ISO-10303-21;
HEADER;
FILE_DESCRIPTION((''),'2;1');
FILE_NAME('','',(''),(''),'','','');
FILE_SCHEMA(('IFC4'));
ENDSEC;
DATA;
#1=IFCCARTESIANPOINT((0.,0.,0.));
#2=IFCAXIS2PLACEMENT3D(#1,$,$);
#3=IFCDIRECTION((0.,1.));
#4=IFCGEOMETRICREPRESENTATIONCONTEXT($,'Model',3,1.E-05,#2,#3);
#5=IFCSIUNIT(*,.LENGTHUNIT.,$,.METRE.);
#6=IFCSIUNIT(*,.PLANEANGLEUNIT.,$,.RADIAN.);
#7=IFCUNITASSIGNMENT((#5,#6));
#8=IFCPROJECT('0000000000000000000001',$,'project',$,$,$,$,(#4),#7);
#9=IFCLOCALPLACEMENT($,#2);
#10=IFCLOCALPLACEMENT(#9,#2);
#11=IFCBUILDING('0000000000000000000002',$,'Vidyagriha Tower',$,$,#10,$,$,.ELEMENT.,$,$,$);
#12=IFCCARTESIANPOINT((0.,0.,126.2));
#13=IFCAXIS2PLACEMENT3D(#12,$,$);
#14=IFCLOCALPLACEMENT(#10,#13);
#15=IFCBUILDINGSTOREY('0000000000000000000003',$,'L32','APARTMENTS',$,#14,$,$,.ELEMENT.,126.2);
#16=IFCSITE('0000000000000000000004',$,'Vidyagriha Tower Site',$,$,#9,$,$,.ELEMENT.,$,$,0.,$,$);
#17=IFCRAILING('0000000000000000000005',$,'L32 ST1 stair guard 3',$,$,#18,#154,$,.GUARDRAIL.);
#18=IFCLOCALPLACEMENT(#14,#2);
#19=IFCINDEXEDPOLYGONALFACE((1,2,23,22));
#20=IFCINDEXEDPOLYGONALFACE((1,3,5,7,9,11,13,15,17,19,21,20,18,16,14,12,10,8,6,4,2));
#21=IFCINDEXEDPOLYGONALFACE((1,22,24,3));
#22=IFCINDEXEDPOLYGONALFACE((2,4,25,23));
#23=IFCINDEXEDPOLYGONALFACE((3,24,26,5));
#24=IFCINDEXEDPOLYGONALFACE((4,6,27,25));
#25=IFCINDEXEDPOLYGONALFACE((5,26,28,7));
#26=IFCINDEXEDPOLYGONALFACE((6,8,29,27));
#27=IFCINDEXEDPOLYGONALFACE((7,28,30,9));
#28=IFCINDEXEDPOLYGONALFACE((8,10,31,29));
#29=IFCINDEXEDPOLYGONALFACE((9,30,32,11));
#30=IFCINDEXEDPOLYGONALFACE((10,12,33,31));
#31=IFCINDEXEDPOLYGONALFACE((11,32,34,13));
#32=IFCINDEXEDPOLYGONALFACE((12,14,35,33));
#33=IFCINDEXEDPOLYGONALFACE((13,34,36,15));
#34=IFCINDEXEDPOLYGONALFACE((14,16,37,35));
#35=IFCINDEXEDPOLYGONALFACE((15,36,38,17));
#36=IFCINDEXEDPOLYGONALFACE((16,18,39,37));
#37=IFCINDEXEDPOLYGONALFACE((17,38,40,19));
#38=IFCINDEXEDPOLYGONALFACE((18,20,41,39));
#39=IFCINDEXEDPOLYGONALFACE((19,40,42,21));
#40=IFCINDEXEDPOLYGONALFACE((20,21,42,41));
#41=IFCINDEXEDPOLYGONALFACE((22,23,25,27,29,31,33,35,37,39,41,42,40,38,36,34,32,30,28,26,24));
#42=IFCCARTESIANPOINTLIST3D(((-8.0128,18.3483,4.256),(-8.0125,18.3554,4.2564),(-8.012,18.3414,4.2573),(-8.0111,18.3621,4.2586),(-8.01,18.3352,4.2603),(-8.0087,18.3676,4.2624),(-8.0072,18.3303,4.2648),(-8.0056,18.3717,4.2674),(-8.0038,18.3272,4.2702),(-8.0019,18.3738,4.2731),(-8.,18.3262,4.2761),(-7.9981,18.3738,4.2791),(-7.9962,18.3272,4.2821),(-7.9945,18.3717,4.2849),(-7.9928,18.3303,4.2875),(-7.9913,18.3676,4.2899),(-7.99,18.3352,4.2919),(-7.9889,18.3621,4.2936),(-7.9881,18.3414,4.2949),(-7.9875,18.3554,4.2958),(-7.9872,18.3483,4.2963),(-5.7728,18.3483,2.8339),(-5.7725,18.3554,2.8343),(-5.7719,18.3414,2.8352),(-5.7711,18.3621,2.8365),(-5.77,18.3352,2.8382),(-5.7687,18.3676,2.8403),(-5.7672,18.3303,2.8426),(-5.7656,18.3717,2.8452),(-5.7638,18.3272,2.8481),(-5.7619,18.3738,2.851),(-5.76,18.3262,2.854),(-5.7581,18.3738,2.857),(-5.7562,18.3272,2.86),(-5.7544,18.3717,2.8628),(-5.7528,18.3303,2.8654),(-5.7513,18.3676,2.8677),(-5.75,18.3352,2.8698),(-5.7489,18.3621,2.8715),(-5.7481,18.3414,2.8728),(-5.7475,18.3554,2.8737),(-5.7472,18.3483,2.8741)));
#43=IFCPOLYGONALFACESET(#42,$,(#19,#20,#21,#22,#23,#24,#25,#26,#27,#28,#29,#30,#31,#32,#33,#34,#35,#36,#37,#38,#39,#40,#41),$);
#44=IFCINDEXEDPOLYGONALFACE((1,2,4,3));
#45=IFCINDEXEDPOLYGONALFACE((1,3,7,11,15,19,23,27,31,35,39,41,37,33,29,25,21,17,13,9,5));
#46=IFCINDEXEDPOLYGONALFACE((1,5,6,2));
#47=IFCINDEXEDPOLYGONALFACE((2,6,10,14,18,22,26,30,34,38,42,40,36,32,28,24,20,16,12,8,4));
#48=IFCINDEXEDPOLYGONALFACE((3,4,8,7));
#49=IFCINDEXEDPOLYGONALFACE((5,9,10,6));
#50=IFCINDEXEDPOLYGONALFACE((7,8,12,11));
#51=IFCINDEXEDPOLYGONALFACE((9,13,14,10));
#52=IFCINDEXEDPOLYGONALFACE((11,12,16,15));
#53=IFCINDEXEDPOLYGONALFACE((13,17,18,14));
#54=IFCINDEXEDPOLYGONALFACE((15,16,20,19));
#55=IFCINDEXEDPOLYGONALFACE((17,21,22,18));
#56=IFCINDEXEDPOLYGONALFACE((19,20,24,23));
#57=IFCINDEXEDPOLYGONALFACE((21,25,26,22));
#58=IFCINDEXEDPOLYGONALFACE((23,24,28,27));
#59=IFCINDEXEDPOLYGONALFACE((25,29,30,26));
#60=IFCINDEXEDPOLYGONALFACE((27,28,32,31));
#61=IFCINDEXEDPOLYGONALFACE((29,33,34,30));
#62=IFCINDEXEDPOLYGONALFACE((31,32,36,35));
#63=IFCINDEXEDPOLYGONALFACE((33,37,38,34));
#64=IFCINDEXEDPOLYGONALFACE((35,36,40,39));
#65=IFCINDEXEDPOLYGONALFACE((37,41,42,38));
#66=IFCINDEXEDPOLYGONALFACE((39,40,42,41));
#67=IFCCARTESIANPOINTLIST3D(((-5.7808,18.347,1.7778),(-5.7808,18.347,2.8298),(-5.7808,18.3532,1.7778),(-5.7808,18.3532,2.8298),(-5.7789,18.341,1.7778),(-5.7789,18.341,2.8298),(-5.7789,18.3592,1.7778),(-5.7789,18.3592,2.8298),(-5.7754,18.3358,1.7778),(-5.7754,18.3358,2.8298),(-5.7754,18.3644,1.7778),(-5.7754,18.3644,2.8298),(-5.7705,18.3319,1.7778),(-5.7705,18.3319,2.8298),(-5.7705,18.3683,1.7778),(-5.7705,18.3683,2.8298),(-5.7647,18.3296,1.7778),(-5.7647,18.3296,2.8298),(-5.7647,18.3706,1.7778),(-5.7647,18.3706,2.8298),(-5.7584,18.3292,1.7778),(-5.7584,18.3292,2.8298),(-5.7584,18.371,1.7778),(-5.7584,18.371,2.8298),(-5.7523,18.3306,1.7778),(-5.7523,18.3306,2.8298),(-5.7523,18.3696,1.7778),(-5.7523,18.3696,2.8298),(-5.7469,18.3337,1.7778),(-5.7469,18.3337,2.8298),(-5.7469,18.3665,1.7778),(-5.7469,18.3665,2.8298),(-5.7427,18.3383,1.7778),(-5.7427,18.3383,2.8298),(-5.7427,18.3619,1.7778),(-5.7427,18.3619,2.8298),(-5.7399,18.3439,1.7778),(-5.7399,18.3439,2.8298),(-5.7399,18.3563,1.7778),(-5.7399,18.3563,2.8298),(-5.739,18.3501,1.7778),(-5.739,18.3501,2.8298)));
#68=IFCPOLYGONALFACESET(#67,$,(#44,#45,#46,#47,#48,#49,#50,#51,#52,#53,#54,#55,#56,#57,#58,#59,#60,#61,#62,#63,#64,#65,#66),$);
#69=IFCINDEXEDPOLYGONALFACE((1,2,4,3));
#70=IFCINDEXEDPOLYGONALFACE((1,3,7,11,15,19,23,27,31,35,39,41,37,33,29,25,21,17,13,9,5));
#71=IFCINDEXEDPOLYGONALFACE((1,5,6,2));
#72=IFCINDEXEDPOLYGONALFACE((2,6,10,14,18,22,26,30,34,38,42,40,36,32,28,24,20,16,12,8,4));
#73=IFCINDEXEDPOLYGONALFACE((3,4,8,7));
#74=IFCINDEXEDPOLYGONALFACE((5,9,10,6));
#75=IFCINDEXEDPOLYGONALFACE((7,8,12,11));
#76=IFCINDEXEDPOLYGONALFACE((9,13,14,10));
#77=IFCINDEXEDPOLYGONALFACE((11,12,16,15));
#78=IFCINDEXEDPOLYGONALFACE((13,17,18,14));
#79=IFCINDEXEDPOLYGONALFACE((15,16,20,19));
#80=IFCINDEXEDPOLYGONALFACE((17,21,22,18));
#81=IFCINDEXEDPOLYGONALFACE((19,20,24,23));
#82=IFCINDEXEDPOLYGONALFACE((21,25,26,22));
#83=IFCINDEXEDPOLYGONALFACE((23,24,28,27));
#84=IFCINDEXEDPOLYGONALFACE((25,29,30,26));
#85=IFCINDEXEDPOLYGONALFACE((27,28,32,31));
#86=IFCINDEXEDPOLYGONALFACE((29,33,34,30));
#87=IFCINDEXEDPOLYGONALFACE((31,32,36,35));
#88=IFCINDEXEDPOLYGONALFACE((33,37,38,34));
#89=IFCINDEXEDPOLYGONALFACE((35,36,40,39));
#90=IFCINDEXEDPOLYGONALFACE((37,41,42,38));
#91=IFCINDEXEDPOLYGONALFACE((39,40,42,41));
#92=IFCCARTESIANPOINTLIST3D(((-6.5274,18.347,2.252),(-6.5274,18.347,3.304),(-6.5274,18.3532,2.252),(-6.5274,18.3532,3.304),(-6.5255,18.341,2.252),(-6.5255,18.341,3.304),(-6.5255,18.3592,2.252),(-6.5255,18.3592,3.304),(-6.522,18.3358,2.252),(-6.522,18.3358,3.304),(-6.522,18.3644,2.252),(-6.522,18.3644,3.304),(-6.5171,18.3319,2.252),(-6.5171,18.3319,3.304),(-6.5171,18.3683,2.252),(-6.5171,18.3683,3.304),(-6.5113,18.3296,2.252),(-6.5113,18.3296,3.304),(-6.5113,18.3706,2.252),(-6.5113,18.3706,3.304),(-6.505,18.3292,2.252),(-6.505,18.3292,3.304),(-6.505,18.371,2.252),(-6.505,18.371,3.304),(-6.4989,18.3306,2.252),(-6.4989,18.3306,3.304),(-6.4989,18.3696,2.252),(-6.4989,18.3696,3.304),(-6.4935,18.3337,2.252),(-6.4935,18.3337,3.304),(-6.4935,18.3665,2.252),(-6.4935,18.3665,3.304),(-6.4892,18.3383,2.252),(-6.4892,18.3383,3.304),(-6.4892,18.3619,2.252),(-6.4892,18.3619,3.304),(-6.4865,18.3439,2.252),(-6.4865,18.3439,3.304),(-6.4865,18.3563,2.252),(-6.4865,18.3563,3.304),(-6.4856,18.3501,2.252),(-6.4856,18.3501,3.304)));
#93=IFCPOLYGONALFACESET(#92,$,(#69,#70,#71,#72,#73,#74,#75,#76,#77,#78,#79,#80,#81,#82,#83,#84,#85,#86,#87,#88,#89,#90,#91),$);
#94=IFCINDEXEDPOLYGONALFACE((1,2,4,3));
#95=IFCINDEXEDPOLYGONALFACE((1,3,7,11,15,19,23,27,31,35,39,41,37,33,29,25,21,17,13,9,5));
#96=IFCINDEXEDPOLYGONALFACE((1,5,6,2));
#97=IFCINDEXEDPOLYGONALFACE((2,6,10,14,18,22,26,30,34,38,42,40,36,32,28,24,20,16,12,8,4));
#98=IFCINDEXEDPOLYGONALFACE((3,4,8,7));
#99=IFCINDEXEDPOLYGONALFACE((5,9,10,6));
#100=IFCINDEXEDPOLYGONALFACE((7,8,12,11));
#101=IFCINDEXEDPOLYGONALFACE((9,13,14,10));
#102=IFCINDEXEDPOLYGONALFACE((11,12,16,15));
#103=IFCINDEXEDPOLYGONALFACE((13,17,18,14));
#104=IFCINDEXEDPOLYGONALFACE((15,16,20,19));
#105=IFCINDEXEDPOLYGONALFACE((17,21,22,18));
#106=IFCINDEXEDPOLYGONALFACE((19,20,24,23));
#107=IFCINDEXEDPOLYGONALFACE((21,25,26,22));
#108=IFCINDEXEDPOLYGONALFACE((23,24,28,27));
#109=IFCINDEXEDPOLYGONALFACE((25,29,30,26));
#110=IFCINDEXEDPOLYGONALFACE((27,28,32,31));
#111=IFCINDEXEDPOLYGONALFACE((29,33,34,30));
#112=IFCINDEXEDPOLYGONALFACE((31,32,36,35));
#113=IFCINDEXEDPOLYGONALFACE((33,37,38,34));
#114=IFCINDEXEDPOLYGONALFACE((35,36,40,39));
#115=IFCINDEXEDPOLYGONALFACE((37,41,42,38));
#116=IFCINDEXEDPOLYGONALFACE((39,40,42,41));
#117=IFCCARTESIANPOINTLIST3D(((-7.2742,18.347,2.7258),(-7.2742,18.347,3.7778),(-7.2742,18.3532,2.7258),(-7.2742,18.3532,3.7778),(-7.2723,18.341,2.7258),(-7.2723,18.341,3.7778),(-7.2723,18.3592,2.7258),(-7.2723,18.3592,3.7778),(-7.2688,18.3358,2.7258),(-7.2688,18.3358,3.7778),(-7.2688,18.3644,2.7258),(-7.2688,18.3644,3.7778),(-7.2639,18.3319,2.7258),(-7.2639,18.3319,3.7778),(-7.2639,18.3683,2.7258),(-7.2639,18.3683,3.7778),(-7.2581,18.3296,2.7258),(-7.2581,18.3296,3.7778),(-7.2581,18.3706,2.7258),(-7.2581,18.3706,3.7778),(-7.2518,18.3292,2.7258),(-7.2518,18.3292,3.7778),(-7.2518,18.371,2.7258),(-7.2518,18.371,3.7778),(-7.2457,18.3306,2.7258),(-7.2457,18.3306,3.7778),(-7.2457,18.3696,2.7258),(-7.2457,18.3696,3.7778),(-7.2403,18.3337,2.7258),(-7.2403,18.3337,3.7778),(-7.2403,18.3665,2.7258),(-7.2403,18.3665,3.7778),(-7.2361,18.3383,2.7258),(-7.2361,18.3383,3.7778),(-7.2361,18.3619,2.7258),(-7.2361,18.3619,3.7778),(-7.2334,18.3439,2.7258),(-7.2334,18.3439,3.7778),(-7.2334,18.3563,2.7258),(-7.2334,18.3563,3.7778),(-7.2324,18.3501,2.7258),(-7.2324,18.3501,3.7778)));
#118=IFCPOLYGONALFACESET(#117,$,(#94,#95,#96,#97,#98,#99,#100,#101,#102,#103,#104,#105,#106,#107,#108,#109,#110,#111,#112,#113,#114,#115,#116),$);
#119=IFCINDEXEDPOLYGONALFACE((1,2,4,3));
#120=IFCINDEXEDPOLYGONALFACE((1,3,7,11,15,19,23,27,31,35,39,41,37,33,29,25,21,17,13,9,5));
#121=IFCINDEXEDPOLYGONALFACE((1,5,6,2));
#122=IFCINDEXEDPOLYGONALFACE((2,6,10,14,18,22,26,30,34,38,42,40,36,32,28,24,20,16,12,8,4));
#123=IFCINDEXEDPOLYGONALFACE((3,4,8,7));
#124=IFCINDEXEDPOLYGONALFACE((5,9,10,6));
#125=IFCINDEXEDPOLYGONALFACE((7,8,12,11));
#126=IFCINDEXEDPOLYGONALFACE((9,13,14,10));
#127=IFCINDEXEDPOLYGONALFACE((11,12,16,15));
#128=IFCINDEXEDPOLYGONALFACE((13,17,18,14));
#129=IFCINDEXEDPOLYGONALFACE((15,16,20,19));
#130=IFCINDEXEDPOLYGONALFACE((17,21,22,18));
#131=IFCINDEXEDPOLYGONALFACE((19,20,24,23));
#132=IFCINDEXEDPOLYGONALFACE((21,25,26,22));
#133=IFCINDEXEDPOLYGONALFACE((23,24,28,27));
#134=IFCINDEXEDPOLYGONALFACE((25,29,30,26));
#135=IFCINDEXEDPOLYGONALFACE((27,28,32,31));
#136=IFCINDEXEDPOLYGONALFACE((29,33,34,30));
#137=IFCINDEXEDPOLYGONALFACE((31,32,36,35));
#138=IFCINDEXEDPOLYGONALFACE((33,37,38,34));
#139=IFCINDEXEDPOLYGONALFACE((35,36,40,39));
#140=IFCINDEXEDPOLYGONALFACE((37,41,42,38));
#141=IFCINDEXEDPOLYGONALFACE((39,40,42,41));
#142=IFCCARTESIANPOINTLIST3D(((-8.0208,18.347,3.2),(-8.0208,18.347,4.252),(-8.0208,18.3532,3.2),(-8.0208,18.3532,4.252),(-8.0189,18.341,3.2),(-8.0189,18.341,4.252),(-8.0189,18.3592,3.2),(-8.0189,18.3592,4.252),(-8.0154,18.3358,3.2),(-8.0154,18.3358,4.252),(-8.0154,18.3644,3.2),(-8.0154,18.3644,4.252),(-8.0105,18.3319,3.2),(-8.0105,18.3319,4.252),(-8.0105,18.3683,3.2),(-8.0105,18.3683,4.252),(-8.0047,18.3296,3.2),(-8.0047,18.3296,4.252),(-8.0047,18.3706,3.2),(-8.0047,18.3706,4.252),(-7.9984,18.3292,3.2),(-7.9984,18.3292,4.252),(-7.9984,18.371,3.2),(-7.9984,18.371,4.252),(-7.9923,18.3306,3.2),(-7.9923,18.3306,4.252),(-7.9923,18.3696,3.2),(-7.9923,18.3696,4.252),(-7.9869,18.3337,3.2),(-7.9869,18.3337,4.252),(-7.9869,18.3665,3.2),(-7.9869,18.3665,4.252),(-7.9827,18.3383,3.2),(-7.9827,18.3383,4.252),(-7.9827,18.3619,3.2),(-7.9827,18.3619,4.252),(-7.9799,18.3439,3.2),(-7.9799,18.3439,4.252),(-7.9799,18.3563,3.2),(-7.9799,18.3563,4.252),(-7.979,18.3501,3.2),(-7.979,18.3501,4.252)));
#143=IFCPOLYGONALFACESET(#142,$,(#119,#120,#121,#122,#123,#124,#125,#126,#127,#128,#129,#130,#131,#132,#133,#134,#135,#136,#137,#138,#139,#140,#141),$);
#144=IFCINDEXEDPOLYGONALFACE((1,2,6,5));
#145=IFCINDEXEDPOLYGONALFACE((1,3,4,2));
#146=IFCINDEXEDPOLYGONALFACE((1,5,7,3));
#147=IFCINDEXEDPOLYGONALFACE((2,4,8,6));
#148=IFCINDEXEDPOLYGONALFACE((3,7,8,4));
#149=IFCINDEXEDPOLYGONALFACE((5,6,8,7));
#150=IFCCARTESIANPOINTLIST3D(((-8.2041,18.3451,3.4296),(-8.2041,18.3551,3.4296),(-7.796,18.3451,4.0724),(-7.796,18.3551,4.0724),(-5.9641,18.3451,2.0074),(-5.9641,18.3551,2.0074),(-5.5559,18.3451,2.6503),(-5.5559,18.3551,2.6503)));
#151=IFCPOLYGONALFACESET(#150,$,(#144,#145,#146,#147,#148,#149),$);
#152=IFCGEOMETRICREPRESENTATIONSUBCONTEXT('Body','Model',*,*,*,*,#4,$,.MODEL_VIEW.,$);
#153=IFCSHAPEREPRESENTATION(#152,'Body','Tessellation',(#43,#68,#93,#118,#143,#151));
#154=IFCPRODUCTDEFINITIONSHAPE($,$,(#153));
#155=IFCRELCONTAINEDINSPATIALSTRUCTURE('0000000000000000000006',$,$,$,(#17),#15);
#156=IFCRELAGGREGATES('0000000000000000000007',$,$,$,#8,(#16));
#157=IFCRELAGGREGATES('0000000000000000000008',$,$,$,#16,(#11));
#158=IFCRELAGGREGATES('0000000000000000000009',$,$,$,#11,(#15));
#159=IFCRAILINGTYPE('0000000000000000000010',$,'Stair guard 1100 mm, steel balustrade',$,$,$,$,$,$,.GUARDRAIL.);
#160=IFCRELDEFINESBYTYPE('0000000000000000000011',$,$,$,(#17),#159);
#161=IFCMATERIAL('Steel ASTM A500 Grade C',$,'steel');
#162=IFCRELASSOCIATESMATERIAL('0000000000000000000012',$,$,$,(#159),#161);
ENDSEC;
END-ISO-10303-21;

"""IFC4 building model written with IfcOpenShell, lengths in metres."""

from ifc_helpers import new_model, si_unit, direction, frame, origin, origin_2d, place, context, subcontext, project, spatial, rectangle, circle, extrude, material, type_object, element, save


model = new_model("IFC4")

# Units and contexts
model_context = context("Model", 3, precision=1e-05, world=origin(), true_north=direction((0.0, 1.0)))
body_context = subcontext(model_context, "Body", "Model", "MODEL_VIEW")
ifc_project = project(units=[si_unit("LENGTHUNIT", "METRE"), si_unit("PLANEANGLEUNIT", "RADIAN")], contexts=[model_context])

# Site, building, storey
site_placement = place(None, origin())
site = spatial("IfcSite", under=ifc_project, at=site_placement, Name="Vidyagriha Tower Site", CompositionType="ELEMENT", RefElevation=0.0)
building_placement = place(site_placement, origin())
building = spatial("IfcBuilding", under=site, at=building_placement, Name="Vidyagriha Tower", CompositionType="ELEMENT")
storey_placement = place(building_placement, frame((0.0, 0.0, 126.2)))
storey = spatial("IfcBuildingStorey", under=building, at=storey_placement, Name="L32", Description="APARTMENTS", CompositionType="ELEMENT", Elevation=126.2)

# Railing
ifc_material_1 = material(Name="Steel ASTM A500 Grade C", Category="steel")
railing_type_1 = type_object("IfcRailingType", Name="Stair guard 1100 mm, steel balustrade", PredefinedType="GUARDRAIL", material=ifc_material_1)
railing_1_placement = place(storey_placement, frame((-5.76, 18.3501, 1.7778)))
element("IfcRailing", 1, at=railing_1_placement, inside=storey, type_object=railing_type_1, Name="L32 ST1 stair guard 3", PredefinedType="GUARDRAIL", context=body_context, shape_type="SweptSolid", body=[
    extrude(circle(Radius=0.0239, at=origin_2d()), frame((0.0, 0.0, 1.0762), z_axis=(-0.844229, 0.0, 0.535982), x_axis=(0.0, -1.0, 0.0)), (0.0, 0.0, 1.0), 2.6533),
    extrude(circle(Radius=0.021, at=origin_2d()), origin(), (0.0, 0.0, 1.0), 1.052),
    extrude(circle(Radius=0.021, at=origin_2d()), frame((-0.7466, 0.0, 0.4741)), (0.0, 0.0, 1.0), 1.052),
    extrude(circle(Radius=0.021, at=origin_2d()), frame((-1.4934, 0.0, 0.948)), (0.0, 0.0, 1.0), 1.052),
    extrude(circle(Radius=0.021, at=origin_2d()), frame((-2.24, 0.0, 1.4221)), (0.0, 0.0, 1.0), 1.052),
    extrude(rectangle(XDim=0.01, YDim=0.7615, at=origin_2d()), frame((0.0, 0.0, 0.551), z_axis=(-0.844229, 0.0, 0.535982), x_axis=(0.0, -1.0, 0.0)), (0.0, 0.0, 1.0), 2.6533),
])

save(model, "model.ifc")
